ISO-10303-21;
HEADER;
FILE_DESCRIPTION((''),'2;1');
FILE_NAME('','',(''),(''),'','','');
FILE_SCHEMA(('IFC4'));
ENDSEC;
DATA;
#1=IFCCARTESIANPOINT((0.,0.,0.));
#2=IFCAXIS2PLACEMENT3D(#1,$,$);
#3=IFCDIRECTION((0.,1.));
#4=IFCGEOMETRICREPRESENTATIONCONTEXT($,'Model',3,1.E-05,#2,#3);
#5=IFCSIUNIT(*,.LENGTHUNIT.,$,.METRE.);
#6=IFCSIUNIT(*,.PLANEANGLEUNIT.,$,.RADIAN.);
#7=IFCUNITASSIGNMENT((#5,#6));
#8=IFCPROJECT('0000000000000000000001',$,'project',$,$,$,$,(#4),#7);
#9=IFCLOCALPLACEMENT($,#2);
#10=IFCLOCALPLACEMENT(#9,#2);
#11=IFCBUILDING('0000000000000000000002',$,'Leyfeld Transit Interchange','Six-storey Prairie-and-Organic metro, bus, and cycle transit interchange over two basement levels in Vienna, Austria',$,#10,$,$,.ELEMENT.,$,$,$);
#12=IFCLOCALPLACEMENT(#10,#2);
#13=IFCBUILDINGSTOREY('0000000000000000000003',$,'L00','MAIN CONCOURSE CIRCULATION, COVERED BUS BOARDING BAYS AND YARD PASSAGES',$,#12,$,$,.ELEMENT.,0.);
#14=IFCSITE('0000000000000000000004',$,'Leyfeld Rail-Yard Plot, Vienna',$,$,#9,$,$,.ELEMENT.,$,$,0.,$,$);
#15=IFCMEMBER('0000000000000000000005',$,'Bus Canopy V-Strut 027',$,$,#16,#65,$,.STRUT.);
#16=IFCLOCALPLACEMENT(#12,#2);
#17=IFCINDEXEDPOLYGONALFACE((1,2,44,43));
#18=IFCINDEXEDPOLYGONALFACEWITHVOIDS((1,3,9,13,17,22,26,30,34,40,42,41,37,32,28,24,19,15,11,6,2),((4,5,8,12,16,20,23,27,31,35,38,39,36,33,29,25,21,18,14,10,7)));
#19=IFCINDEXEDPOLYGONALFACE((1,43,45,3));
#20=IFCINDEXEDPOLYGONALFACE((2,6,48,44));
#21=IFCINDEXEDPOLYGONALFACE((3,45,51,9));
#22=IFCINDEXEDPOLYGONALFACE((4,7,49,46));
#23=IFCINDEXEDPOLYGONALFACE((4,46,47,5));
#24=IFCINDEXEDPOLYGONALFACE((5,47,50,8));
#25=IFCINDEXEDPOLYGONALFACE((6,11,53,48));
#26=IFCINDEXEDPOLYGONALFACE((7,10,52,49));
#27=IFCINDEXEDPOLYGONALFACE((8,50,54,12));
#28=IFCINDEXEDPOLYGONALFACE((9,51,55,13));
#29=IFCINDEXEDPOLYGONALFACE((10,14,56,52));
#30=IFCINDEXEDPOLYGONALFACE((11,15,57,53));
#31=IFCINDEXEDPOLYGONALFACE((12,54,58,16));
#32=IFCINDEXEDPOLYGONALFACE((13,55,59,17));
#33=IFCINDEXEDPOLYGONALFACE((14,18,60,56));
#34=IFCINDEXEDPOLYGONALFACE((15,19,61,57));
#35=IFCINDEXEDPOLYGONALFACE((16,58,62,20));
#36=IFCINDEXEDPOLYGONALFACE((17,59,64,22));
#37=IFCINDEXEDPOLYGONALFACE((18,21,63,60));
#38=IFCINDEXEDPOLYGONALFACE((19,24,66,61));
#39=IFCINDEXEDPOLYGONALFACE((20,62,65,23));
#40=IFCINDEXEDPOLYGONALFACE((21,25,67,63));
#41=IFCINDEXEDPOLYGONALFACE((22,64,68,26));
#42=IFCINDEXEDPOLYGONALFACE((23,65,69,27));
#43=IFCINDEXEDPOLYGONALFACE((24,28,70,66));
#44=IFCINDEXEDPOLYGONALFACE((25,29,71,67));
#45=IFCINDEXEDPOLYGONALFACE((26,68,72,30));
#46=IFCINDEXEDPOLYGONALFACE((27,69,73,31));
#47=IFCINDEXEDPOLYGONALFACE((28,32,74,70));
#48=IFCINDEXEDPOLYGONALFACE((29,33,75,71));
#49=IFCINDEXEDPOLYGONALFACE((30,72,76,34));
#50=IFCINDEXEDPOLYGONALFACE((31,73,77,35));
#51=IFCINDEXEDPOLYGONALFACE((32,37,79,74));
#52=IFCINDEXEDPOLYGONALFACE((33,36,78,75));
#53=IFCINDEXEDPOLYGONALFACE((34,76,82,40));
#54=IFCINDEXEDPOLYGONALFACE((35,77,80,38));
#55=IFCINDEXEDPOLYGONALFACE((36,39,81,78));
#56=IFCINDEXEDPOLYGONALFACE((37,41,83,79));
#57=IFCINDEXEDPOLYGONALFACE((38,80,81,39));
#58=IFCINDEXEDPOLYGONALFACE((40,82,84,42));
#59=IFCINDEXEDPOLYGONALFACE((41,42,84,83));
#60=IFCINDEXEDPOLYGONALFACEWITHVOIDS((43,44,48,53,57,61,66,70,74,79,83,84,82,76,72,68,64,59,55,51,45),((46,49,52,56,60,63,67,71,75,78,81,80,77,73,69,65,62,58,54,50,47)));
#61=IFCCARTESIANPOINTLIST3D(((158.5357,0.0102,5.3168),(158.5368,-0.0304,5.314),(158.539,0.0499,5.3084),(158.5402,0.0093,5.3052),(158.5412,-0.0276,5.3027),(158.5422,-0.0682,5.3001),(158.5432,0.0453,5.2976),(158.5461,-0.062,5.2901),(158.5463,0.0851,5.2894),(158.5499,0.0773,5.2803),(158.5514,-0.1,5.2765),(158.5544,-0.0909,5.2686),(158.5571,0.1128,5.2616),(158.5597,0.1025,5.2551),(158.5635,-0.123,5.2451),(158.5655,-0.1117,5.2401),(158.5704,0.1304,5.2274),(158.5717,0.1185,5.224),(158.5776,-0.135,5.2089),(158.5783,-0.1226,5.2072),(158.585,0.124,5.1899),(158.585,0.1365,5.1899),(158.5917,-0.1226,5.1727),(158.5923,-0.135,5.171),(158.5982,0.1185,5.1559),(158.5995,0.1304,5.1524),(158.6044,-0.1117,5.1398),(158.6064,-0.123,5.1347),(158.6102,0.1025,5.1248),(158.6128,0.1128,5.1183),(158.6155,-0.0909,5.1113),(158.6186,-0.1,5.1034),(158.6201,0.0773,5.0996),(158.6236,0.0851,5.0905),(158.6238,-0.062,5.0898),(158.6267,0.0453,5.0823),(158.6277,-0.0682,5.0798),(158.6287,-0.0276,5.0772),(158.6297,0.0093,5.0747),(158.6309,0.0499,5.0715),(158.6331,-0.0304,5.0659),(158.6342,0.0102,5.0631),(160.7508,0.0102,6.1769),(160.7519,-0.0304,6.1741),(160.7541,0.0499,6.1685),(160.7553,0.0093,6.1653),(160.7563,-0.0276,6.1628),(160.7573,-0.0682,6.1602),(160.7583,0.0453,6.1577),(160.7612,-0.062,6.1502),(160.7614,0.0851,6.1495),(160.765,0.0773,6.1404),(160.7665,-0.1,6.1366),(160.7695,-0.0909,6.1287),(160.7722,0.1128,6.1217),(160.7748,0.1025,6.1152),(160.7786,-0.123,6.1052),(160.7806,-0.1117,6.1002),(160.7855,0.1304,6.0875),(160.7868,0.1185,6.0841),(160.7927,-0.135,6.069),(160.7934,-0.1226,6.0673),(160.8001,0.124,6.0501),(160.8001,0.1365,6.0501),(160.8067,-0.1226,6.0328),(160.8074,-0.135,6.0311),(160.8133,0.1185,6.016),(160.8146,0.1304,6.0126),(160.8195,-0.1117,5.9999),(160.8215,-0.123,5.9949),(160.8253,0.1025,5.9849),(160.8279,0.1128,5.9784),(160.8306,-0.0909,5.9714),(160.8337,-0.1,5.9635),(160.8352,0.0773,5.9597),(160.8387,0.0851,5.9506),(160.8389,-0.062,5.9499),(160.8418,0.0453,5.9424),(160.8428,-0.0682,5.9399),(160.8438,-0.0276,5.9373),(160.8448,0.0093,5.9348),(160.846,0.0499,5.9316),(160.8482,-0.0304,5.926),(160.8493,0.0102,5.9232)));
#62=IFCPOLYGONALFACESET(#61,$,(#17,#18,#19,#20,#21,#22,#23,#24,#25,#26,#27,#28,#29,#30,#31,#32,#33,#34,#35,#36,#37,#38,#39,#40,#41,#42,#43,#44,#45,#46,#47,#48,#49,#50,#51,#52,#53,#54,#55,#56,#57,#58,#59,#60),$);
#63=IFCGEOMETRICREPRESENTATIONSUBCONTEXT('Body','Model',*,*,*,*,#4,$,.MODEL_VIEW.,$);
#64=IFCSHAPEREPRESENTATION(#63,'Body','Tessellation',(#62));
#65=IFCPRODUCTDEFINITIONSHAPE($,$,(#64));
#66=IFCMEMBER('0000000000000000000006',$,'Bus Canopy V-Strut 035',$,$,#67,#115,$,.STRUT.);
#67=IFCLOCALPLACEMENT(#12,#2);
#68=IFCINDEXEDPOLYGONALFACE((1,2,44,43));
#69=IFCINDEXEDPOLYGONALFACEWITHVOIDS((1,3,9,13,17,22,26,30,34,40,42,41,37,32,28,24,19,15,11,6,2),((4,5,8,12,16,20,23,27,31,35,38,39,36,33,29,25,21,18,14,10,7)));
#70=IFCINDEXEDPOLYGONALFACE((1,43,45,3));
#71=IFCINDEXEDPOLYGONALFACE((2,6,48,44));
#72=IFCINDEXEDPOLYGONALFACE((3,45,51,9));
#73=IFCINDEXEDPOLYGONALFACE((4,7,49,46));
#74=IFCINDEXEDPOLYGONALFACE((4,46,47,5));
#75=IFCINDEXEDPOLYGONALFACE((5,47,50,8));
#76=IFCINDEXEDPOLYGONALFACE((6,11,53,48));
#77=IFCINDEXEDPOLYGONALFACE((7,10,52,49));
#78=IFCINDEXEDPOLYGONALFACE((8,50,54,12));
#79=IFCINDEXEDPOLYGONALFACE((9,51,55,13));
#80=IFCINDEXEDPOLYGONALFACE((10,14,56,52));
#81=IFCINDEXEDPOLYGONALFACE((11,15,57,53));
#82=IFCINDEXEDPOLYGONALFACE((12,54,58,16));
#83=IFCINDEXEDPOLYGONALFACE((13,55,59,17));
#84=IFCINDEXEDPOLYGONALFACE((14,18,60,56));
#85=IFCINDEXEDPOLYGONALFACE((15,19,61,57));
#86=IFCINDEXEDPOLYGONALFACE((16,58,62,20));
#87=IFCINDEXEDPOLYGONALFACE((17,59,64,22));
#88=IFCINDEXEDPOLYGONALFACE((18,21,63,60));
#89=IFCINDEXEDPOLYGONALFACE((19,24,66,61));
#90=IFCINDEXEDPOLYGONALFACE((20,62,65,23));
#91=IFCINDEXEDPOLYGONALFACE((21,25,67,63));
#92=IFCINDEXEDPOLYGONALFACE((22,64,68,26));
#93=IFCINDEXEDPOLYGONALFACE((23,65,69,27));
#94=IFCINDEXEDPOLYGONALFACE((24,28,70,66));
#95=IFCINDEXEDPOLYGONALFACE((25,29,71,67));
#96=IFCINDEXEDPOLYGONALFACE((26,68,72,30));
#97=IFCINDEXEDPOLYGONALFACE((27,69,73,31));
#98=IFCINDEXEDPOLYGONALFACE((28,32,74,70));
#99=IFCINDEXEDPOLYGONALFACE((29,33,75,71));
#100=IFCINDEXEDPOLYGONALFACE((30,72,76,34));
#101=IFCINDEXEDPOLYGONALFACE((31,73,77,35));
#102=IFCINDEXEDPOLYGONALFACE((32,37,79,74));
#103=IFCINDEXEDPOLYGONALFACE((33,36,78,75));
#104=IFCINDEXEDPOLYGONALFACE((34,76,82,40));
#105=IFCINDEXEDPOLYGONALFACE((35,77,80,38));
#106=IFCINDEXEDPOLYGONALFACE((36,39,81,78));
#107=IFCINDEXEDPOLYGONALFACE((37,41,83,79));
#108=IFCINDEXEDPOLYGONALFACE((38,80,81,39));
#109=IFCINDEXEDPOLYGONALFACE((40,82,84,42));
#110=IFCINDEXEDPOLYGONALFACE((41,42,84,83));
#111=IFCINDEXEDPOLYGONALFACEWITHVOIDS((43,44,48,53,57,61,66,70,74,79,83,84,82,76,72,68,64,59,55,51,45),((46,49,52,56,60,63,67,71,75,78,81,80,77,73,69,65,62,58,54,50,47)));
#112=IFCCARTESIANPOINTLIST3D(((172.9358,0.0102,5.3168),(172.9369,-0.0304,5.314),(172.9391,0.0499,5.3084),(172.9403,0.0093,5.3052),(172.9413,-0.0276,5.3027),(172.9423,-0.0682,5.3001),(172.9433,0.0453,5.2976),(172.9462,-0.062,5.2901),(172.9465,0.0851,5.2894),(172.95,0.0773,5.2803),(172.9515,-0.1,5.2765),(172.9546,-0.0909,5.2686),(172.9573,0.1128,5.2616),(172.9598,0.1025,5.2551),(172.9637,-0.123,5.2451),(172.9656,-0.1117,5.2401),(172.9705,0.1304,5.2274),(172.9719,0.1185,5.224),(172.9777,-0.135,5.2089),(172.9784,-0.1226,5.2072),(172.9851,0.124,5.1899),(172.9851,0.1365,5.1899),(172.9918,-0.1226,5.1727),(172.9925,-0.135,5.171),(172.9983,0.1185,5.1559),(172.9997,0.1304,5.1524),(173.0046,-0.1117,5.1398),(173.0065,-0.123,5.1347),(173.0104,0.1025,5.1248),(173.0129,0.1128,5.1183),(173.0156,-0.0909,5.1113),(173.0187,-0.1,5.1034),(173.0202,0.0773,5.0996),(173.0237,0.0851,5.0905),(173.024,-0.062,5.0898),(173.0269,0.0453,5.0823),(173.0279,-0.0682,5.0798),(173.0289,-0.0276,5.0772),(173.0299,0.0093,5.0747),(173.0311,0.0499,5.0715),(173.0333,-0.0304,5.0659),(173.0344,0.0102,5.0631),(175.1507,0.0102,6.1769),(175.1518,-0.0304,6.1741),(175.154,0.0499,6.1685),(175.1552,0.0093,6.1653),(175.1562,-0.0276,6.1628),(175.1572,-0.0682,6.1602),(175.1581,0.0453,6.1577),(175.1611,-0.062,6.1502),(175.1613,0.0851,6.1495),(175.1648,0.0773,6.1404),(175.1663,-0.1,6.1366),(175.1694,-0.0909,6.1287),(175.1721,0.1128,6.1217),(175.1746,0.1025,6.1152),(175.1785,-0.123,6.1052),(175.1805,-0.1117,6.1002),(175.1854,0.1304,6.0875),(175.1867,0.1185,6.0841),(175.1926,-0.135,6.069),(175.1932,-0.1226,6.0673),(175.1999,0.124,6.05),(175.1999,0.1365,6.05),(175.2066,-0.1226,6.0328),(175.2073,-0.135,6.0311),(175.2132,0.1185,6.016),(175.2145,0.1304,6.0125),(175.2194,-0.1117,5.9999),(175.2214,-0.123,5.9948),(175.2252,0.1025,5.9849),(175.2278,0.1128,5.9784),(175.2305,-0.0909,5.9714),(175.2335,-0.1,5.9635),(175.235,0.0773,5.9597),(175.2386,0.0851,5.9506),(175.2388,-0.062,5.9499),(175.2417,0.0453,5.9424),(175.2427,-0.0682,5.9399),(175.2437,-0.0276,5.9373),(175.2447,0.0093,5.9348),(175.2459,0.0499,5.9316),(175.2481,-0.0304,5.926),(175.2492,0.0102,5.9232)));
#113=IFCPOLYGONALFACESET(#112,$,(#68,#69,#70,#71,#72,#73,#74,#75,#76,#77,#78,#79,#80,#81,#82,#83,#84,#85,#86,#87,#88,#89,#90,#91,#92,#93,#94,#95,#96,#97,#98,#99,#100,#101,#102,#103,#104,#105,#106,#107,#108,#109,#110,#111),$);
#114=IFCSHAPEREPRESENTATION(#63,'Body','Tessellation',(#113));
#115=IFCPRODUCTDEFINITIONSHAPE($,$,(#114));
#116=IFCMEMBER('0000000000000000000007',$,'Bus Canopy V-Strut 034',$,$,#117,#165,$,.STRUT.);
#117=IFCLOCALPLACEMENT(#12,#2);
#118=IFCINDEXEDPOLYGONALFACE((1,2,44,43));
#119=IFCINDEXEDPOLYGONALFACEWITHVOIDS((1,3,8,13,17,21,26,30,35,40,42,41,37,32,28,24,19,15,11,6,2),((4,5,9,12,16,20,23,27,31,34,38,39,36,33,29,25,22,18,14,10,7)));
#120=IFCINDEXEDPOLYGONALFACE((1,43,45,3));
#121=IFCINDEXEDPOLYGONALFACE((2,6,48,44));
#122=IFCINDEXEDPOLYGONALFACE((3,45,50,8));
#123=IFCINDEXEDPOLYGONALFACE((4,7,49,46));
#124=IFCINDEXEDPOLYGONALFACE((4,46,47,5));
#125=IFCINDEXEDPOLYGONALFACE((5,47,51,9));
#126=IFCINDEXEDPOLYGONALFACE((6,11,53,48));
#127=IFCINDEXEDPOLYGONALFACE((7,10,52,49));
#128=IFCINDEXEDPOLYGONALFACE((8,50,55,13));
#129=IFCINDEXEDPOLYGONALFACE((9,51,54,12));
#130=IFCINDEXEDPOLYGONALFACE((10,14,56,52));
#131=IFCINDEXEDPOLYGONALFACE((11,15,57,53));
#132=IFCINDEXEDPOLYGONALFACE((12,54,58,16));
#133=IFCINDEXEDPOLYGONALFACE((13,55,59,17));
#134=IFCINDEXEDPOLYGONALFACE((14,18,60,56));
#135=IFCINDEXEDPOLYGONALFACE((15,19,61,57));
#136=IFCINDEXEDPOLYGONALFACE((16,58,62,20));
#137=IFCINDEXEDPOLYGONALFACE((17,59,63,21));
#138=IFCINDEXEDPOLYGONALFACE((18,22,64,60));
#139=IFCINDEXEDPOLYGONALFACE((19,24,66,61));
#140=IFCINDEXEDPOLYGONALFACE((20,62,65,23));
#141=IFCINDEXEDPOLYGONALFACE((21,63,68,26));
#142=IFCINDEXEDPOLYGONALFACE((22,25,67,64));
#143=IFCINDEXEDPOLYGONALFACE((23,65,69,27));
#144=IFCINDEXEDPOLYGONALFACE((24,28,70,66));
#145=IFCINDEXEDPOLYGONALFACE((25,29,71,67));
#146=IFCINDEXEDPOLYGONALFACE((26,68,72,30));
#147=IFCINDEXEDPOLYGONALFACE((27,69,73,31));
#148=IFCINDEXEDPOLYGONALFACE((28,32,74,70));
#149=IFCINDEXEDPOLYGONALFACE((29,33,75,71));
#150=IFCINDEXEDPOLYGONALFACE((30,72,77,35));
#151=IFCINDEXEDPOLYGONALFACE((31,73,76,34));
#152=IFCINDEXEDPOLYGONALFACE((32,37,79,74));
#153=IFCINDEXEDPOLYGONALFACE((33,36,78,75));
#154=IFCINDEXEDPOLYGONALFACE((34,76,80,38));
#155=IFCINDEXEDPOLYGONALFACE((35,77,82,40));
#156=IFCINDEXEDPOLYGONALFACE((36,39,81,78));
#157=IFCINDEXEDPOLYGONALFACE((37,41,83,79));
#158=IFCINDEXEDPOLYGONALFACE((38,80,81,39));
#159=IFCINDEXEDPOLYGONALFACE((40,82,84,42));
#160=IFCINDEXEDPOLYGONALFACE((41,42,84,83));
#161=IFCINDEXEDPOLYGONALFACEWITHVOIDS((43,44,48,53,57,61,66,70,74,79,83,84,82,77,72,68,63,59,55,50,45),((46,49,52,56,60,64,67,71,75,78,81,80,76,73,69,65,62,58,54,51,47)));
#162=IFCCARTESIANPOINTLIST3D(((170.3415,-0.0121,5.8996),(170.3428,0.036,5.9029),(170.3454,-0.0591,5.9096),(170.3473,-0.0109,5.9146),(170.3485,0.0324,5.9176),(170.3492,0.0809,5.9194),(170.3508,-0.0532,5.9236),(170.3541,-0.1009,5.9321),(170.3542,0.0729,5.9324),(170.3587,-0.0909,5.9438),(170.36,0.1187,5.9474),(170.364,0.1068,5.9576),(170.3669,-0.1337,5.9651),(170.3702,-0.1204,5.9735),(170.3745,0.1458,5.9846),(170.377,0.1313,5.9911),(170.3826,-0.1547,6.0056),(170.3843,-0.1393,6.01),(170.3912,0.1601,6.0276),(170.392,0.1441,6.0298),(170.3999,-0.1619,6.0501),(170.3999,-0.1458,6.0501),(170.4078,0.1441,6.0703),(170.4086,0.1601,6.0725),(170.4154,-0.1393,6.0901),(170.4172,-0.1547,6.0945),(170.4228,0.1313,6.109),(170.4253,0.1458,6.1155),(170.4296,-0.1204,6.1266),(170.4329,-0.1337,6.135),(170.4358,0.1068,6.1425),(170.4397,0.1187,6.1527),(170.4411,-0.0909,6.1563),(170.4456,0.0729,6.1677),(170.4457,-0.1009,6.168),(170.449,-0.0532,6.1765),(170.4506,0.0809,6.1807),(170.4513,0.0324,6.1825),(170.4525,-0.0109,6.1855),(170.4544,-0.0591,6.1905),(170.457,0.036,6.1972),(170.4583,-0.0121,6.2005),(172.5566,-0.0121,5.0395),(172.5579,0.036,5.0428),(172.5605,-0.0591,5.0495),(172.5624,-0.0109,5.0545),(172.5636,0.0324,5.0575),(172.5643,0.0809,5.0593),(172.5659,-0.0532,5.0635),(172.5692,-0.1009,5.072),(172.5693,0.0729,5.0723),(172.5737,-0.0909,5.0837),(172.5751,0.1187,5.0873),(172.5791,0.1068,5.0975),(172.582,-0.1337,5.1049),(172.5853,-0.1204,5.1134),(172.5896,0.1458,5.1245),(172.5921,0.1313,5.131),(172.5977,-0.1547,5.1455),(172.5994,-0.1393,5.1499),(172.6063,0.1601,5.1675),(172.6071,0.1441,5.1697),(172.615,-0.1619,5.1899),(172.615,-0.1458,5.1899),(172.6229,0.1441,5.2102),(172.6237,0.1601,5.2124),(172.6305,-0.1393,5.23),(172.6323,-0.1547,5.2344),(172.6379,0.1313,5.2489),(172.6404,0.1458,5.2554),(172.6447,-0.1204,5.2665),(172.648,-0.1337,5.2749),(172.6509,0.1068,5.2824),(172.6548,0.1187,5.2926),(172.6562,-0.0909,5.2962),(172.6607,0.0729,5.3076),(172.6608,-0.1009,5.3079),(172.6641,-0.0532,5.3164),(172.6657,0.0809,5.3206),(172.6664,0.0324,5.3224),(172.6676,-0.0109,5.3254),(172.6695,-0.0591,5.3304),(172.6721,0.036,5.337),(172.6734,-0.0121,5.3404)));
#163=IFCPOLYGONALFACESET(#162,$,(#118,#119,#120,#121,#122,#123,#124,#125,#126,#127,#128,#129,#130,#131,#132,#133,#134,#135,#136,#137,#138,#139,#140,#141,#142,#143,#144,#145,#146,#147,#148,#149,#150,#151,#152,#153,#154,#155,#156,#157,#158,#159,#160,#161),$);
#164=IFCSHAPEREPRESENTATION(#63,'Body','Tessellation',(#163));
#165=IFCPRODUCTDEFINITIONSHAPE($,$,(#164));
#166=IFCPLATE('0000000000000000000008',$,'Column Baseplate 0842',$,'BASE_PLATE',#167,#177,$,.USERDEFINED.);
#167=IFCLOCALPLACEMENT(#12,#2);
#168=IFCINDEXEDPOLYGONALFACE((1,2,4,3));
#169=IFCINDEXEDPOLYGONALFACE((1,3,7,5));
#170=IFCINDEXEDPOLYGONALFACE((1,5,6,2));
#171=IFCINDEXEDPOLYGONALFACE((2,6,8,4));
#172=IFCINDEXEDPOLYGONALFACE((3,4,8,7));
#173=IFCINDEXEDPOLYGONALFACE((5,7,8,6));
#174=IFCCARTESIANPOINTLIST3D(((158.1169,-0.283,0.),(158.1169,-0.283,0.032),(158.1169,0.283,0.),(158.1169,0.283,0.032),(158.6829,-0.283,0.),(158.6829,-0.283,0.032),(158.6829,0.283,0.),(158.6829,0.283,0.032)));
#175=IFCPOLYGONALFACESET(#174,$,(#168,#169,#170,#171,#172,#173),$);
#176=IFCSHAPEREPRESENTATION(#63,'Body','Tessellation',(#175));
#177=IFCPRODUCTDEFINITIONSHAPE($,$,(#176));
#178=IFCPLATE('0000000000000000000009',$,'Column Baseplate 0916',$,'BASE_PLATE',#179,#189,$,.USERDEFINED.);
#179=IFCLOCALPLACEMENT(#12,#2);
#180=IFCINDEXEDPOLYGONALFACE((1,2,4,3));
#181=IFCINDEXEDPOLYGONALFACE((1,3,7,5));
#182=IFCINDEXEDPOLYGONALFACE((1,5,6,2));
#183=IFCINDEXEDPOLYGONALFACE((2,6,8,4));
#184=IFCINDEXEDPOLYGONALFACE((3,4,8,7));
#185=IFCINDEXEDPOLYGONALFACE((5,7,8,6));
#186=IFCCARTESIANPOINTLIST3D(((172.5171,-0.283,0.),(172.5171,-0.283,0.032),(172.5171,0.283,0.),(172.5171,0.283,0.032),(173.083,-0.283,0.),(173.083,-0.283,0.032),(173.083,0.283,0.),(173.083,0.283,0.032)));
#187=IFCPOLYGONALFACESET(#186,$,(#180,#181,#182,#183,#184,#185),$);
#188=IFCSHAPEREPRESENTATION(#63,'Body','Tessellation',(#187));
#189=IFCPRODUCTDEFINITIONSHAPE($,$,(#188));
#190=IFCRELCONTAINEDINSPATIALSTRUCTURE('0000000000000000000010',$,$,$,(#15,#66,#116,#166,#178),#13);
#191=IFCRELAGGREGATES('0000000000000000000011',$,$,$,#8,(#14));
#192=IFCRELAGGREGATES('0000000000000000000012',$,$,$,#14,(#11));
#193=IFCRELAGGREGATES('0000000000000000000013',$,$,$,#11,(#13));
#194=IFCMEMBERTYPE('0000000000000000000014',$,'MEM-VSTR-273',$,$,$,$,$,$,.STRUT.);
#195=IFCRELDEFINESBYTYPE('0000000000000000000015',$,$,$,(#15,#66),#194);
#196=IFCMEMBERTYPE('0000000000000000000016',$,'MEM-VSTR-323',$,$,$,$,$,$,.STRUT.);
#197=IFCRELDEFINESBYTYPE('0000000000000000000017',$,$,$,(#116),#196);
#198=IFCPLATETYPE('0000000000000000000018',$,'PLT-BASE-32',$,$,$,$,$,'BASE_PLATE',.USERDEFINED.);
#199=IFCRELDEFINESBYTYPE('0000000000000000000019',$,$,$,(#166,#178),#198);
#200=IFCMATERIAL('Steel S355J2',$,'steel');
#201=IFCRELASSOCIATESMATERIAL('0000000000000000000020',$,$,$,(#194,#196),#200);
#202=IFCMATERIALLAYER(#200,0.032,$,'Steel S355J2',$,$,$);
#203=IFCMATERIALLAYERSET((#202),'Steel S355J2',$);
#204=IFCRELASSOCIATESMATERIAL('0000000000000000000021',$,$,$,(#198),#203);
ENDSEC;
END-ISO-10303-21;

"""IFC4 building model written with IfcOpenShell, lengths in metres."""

from ifc_helpers import new_model, si_unit, direction, frame, origin, origin_2d, place, context, subcontext, project, spatial, rectangle, hollow_circle, extrude, material, layer, layer_set, material_profile, profile_set, type_object, element, save


model = new_model("IFC4")

# Units and contexts
model_context = context("Model", 3, precision=1e-05, world=origin(), true_north=direction((0.0, 1.0)))
body_context = subcontext(model_context, "Body", "Model", "MODEL_VIEW")
ifc_project = project(units=[si_unit("LENGTHUNIT", "METRE"), si_unit("PLANEANGLEUNIT", "RADIAN")], contexts=[model_context])

# Site, building, storey
site_placement = place(None, origin())
site = spatial("IfcSite", under=ifc_project, at=site_placement, Name="Leyfeld Rail-Yard Plot, Vienna", CompositionType="ELEMENT", RefElevation=0.0)
building_placement = place(site_placement, origin())
building = spatial("IfcBuilding", under=site, at=building_placement, Name="Leyfeld Transit Interchange", Description="Six-storey Prairie-and-Organic metro, bus, and cycle transit interchange over two basement levels in Vienna, Austria", CompositionType="ELEMENT")
storey_placement = place(building_placement, origin())
storey = spatial("IfcBuildingStorey", under=building, at=storey_placement, Name="L00", Description="MAIN CONCOURSE CIRCULATION, COVERED BUS BOARDING BAYS AND YARD PASSAGES", CompositionType="ELEMENT", Elevation=0.0)

# Shared definitions
ifc_material_1 = material(Name="Steel S355J2", Category="steel")

# Members
ifc_material_profile_1 = material_profile(ifc_material_1, hollow_circle(Radius=0.1365, WallThickness=0.0125, at=origin_2d()), Name="CHS 273x12.5")
ifc_profile_set_1 = profile_set([ifc_material_profile_1], Name="Steel S355J2")
member_type_1 = type_object("IfcMemberType", Name="MEM-VSTR-273", PredefinedType="STRUT", material=ifc_profile_set_1)
member_1_placement = place(storey_placement, frame((158.585, 0.0, 5.1899), z_axis=(0.932192, 0.0, 0.361965), x_axis=(0.0, 1.0, 0.0)))
element("IfcMember", 1, at=member_1_placement, inside=storey, type_object=member_type_1, Name="Bus Canopy V-Strut 027", PredefinedType="STRUT", context=body_context, shape_type="SweptSolid", body=[
    extrude(hollow_circle(Radius=0.1365, WallThickness=0.0125, at=origin_2d()), origin(), (0.0, 0.0, 1.0), 2.3762),
])
member_2_placement = place(storey_placement, frame((172.9851, 0.0, 5.1899), z_axis=(0.932178, 0.0, 0.362), x_axis=(0.0, 1.0, 0.0)))
element("IfcMember", 2, at=member_2_placement, inside=storey, type_object=member_type_1, Name="Bus Canopy V-Strut 035", PredefinedType="STRUT", context=body_context, shape_type="SweptSolid", body=[
    extrude(hollow_circle(Radius=0.1365, WallThickness=0.0125, at=origin_2d()), origin(), (0.0, 0.0, 1.0), 2.376),
])
ifc_material_profile_2 = material_profile(ifc_material_1, hollow_circle(Radius=0.1619, WallThickness=0.0161, at=origin_2d()), Name="CHS 323.9x16")
ifc_profile_set_2 = profile_set([ifc_material_profile_2], Name="Steel S355J2")
member_type_2 = type_object("IfcMemberType", Name="MEM-VSTR-323", PredefinedType="STRUT", material=ifc_profile_set_2)
member_3_placement = place(storey_placement, frame((172.615, 0.0, 5.1899), z_axis=(-0.932192, 0.0, 0.361965), x_axis=(0.0, -1.0, 0.0)))
element("IfcMember", 3, at=member_3_placement, inside=storey, type_object=member_type_2, Name="Bus Canopy V-Strut 034", PredefinedType="STRUT", context=body_context, shape_type="SweptSolid", body=[
    extrude(hollow_circle(Radius=0.1619, WallThickness=0.0161, at=origin_2d()), origin(), (0.0, 0.0, 1.0), 2.3762),
])

# Plates
ifc_layer_1 = layer(ifc_material_1, 0.032, Name="Steel S355J2")
ifc_layer_set_1 = layer_set([ifc_layer_1], Name="Steel S355J2")
plate_type_1 = type_object("IfcPlateType", Name="PLT-BASE-32", ElementType="BASE_PLATE", PredefinedType="USERDEFINED", material=ifc_layer_set_1)
for number, where, z_axis, x_axis, name in (
    (4, (158.3999, 0.0, 0.0), (0.0, 0.0, 1.0), (1.0, 0.0, 0.0), "Column Baseplate 0842"),
    (5, (172.8, 0.0, 0.0), (0.0, 0.0, 1.0), (1.0, 0.0, 0.0), "Column Baseplate 0916"),
):
    element("IfcPlate", number, at=place(storey_placement, frame(where, z_axis=z_axis, x_axis=x_axis)), inside=storey, type_object=plate_type_1, Name=name, ObjectType="BASE_PLATE", PredefinedType="USERDEFINED", context=body_context, shape_type="SweptSolid", body=[
        extrude(rectangle(XDim=0.5659, YDim=0.5659, at=origin_2d()), origin(), (0.0, 0.0, 1.0), 0.032),
    ])

save(model, "model.ifc")
